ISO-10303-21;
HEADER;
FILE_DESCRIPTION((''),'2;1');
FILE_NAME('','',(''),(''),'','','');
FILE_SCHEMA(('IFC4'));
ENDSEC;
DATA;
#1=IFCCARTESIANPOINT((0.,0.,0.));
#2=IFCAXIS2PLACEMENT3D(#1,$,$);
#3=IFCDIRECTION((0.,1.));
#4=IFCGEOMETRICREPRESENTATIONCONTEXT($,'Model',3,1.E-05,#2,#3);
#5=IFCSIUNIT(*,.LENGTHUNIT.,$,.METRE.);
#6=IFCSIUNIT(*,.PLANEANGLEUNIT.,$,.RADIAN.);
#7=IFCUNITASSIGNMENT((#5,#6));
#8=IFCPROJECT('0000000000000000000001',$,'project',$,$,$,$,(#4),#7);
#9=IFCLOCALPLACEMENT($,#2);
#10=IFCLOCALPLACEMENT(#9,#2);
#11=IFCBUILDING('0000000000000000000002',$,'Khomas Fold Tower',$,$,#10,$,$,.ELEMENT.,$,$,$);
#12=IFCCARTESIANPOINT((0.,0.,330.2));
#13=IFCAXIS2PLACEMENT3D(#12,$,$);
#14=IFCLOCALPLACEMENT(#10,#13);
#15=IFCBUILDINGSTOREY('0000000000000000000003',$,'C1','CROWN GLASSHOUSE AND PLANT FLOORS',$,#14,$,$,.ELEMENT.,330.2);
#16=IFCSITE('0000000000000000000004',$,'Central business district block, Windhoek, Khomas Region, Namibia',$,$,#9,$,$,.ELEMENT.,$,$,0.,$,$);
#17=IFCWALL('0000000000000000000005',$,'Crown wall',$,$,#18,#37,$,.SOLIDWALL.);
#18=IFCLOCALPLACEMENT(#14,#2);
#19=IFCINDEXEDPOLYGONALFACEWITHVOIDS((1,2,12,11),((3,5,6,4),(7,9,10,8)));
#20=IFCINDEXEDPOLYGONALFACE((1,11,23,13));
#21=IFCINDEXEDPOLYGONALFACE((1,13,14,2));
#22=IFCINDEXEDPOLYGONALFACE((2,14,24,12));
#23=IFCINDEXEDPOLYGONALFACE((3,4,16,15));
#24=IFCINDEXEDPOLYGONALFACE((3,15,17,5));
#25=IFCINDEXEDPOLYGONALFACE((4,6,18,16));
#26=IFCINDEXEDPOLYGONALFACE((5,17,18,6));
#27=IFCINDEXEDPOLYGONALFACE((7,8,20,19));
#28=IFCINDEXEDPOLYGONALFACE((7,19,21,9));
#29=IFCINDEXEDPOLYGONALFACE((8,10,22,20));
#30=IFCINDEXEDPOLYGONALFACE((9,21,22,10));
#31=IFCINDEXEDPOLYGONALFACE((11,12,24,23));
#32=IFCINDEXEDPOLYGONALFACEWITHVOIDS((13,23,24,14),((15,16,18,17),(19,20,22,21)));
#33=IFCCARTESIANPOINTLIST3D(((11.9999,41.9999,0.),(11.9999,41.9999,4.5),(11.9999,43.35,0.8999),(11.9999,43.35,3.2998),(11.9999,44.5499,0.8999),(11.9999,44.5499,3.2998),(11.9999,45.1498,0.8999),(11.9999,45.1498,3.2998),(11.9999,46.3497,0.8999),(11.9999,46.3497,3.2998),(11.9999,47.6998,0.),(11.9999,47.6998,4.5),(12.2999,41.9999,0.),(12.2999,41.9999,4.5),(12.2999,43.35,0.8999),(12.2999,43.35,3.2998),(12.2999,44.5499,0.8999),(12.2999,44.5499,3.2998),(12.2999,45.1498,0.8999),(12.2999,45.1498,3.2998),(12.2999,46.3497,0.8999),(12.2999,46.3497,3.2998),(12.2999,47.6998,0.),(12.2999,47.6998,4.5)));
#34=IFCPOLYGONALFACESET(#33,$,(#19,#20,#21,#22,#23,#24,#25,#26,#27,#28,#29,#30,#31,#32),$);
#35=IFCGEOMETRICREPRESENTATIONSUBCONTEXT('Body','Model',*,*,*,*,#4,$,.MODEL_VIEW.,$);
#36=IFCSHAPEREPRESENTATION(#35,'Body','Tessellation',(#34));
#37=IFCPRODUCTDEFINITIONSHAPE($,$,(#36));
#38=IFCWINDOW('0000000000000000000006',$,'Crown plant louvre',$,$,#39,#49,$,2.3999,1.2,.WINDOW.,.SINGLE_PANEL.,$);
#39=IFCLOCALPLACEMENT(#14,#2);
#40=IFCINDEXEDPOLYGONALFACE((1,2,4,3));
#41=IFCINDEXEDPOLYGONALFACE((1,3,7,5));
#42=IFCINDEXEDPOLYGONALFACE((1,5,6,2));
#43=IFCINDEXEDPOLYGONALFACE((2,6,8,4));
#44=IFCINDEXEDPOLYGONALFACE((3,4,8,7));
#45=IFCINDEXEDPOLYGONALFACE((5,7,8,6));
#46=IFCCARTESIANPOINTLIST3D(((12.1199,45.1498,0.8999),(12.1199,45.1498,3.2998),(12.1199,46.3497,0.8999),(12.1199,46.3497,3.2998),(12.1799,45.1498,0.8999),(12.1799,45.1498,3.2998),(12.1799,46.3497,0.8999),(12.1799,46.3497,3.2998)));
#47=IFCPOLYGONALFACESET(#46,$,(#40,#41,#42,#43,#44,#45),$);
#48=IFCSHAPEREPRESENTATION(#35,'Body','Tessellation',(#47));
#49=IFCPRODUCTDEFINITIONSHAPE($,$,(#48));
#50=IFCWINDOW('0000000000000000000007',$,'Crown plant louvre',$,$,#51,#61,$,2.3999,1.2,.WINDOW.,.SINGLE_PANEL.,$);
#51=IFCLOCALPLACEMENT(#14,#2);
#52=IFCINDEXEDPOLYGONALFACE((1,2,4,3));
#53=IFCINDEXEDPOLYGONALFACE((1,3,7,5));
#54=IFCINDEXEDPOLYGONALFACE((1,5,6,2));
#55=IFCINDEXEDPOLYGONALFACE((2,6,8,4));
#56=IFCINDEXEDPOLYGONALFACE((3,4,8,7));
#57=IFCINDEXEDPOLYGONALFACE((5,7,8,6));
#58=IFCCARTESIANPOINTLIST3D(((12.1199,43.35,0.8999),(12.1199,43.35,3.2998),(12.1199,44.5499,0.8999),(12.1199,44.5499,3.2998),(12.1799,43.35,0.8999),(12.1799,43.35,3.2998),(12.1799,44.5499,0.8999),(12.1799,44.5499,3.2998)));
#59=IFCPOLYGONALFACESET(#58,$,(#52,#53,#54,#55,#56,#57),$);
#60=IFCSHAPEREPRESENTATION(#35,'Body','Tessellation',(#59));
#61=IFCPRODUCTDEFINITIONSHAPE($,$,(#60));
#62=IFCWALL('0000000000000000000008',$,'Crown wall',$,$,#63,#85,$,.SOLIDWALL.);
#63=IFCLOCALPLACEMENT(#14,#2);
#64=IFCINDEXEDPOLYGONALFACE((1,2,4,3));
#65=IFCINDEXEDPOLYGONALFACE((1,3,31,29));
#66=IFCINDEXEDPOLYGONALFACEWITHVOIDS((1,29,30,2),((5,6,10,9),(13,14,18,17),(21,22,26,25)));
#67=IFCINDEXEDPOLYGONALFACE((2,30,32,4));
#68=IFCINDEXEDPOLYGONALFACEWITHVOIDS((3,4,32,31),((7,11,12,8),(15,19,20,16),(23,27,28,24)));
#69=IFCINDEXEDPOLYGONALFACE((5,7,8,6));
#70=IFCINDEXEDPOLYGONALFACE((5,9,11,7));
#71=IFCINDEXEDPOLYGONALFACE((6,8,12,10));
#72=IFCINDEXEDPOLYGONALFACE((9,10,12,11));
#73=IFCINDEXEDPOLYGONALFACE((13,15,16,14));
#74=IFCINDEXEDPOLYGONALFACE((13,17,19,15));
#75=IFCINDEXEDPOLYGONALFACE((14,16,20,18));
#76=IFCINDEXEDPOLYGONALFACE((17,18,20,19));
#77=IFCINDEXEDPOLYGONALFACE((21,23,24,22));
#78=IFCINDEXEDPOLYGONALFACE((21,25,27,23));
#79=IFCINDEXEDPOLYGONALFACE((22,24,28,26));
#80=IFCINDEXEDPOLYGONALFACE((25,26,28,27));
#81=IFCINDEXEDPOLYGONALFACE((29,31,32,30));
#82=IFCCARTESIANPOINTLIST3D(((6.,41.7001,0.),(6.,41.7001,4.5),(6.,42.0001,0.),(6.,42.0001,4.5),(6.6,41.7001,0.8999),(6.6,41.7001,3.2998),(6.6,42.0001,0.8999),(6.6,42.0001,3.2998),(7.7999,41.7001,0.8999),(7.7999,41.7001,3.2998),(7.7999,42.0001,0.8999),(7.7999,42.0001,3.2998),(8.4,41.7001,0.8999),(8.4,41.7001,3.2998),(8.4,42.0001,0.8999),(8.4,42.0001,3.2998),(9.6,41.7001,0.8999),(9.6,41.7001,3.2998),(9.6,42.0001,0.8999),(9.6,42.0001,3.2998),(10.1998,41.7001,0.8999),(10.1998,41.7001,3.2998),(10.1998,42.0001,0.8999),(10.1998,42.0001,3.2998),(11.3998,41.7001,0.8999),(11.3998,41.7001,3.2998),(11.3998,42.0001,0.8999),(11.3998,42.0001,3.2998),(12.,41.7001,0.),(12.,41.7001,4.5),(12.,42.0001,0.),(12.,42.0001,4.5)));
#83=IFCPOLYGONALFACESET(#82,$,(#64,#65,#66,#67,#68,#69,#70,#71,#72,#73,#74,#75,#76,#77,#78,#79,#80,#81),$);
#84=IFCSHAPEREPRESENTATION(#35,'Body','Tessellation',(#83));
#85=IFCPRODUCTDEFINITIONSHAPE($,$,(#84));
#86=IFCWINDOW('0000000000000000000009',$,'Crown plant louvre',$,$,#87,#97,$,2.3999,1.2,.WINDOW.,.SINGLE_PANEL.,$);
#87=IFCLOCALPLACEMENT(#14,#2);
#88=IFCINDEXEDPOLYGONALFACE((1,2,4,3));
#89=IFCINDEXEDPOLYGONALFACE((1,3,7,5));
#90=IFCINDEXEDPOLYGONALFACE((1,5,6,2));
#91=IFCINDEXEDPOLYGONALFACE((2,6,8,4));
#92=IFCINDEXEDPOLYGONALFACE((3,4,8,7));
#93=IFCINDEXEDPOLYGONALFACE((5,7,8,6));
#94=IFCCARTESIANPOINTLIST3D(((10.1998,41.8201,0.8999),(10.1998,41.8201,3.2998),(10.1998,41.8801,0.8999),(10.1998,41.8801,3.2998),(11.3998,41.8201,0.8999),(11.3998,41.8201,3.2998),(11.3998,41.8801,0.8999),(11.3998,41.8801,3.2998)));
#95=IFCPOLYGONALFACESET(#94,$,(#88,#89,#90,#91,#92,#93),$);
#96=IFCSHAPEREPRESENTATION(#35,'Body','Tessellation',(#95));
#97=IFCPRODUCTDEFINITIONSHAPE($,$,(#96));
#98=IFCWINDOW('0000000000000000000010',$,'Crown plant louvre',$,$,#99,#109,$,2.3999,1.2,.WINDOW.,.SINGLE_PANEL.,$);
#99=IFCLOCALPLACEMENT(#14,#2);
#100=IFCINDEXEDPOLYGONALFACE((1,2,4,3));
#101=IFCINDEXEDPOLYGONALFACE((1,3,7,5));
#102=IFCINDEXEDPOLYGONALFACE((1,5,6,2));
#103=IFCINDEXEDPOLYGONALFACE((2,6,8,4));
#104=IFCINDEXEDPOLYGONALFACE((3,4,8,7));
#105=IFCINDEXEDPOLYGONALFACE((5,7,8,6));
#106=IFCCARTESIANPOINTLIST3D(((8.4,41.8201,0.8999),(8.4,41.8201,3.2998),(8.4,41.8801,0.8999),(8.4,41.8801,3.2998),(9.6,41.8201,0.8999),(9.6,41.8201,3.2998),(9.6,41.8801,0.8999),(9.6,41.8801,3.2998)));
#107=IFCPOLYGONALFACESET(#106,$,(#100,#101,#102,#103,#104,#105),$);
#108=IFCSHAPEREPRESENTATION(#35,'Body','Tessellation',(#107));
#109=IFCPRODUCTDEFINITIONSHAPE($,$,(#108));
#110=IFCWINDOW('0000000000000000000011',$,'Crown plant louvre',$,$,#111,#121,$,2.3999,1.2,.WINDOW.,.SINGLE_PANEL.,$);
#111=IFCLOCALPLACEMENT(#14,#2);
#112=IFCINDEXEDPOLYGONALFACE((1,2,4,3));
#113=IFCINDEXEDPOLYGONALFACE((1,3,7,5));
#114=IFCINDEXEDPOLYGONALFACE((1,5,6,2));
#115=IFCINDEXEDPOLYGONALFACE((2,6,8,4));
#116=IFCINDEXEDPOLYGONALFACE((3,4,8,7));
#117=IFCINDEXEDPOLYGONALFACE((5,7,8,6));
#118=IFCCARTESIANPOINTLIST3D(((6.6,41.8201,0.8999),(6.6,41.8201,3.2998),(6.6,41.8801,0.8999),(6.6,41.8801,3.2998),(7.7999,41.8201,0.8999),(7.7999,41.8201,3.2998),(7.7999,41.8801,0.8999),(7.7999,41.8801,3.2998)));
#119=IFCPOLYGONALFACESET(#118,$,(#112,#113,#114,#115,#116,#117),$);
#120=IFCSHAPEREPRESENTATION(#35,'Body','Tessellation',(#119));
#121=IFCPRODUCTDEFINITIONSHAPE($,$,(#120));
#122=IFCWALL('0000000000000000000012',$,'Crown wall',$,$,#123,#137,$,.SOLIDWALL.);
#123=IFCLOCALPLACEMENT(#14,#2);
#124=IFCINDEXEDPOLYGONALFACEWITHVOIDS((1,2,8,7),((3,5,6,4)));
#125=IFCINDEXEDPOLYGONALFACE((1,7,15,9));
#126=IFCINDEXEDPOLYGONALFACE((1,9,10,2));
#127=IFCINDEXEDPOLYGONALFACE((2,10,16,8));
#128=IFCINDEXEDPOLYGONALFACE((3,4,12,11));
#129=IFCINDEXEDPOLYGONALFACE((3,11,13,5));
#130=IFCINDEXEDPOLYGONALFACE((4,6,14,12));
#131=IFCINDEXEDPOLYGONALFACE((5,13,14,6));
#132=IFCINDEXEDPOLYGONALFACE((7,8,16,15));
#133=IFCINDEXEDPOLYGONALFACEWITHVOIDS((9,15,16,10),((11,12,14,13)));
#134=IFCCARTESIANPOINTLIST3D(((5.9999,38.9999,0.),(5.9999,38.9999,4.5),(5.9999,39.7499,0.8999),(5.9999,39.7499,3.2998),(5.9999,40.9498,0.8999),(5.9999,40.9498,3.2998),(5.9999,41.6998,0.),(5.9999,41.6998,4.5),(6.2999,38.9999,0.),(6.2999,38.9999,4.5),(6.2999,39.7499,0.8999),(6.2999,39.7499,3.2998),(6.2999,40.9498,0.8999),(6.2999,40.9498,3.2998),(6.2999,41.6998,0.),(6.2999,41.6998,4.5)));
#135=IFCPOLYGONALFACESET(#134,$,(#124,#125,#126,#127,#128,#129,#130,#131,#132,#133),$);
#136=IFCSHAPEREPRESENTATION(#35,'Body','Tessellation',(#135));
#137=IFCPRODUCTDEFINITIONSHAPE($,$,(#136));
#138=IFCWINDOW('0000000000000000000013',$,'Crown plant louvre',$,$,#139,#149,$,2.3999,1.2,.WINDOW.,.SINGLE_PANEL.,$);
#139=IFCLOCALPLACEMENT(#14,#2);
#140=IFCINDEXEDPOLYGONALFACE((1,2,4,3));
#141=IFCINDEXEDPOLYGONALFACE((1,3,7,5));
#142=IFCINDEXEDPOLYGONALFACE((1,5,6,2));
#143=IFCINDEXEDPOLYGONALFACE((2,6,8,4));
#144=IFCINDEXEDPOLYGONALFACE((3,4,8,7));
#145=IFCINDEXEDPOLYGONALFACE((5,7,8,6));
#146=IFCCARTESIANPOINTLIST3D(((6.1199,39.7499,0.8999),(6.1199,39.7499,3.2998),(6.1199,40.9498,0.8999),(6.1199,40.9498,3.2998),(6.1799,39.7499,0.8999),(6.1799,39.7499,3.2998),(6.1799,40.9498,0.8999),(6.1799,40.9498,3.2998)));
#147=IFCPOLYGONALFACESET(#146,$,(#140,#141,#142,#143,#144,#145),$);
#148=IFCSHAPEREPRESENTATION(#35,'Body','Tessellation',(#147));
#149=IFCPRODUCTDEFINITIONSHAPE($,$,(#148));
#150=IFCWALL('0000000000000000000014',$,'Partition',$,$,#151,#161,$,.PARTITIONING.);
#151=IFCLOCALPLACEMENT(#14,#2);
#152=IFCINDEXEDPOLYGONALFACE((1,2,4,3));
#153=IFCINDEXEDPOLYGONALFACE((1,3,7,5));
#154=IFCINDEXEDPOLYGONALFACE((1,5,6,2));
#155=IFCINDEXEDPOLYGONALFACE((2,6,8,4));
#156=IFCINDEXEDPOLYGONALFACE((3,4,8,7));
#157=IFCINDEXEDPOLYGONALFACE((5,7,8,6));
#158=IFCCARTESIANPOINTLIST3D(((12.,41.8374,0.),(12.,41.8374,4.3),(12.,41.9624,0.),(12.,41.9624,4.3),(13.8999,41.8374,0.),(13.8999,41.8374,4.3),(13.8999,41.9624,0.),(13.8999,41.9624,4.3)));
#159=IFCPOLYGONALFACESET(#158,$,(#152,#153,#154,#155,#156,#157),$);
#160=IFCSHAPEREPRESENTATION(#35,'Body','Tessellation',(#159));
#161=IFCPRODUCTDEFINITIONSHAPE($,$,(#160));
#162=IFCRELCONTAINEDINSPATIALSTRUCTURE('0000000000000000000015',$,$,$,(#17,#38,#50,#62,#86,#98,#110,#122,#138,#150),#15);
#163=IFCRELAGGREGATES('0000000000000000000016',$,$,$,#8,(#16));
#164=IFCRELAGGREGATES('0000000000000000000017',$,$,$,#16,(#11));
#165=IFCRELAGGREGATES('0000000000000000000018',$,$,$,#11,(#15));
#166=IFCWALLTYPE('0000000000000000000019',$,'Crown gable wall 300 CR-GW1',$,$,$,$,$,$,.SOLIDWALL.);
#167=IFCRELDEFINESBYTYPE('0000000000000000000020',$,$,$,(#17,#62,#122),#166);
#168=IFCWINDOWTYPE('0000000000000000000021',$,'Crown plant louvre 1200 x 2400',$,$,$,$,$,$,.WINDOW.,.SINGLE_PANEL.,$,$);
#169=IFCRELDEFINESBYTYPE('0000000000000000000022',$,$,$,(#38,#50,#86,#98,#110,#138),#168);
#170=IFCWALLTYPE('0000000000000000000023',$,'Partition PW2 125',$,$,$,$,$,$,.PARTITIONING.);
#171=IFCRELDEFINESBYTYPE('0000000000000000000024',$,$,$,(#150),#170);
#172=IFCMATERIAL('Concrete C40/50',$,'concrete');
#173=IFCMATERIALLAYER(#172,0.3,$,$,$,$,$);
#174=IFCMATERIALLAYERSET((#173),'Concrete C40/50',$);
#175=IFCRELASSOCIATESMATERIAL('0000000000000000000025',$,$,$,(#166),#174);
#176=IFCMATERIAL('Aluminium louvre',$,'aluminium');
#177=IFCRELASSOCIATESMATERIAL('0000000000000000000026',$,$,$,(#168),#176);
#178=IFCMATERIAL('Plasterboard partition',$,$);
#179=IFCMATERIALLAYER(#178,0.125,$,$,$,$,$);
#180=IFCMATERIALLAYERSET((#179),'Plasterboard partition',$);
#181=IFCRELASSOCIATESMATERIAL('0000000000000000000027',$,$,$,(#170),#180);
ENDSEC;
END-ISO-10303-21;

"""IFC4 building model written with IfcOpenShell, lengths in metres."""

from ifc_helpers import new_model, si_unit, direction, frame, frame_2d, origin, place, context, subcontext, project, spatial, rectangle, extrude, source, transform, mapped, material, layer, layer_set, type_object, element, fill, save


model = new_model("IFC4")

# Units and contexts
model_context = context("Model", 3, precision=1e-05, world=origin(), true_north=direction((0.0, 1.0)))
body_context = subcontext(model_context, "Body", "Model", "MODEL_VIEW")
ifc_project = project(units=[si_unit("LENGTHUNIT", "METRE"), si_unit("PLANEANGLEUNIT", "RADIAN")], contexts=[model_context])

# Site, building, storey
site_placement = place(None, origin())
site = spatial("IfcSite", under=ifc_project, at=site_placement, Name="Central business district block, Windhoek, Khomas Region, Namibia", CompositionType="ELEMENT", RefElevation=0.0)
building_placement = place(site_placement, origin())
building = spatial("IfcBuilding", under=site, at=building_placement, Name="Khomas Fold Tower", CompositionType="ELEMENT")
storey_placement = place(building_placement, frame((0.0, 0.0, 330.2)))
storey = spatial("IfcBuildingStorey", under=building, at=storey_placement, Name="C1", Description="CROWN GLASSHOUSE AND PLANT FLOORS", CompositionType="ELEMENT", Elevation=330.2)

# Walls, openings, windows
ifc_material_1 = material(Name="Concrete C40/50", Category="concrete")
ifc_layer_1 = layer(ifc_material_1, 0.3)
ifc_layer_set_1 = layer_set([ifc_layer_1], Name="Concrete C40/50")
wall_type_1 = type_object("IfcWallType", Name="Crown gable wall 300 CR-GW1", PredefinedType="SOLIDWALL", material=ifc_layer_set_1)
shared_shape_1 = source(origin(), body_context, "Body", "SweptSolid", [
    extrude(rectangle(XDim=5.7, YDim=0.3, at=frame_2d((2.8501, 0.0))), origin(), (0.0, 0.0, 1.0), 4.5),
])
wall_1_placement = place(storey_placement, frame((12.1499, 47.7, 0.0), z_axis=(0.0, 0.0, 1.0), x_axis=(0.0, -1.0, 0.0)))
wall_1 = element("IfcWall", 1, at=wall_1_placement, inside=storey, type_object=wall_type_1, Name="Crown wall", PredefinedType="SOLIDWALL", context=body_context, shape_type="MappedRepresentation", body=[
    mapped(shared_shape_1, transform((0.0, 0.0, 0.0))),
])
shared_shape_2 = source(origin(), body_context, "Body", "SweptSolid", [
    extrude(rectangle(XDim=1.2, YDim=2.3999, at=frame_2d((0.6001, 1.2))), frame((0.0, 0.1599, 0.0), z_axis=(0.0, -1.0, 0.0), x_axis=(1.0, 0.0, 0.0)), (0.0, 0.0, 1.0), 0.3201),
])
opening_1_placement = place(wall_1_placement, frame((1.3501, 0.0, 0.8999)))
opening_1 = element("IfcOpeningElement", 2, at=opening_1_placement, cuts=wall_1, PredefinedType="OPENING", context=body_context, shape_type="MappedRepresentation", body=[
    mapped(shared_shape_2, transform((0.0, 0.0, 0.0))),
])
opening_2_placement = place(wall_1_placement, frame((3.1499, 0.0, 0.8999)))
opening_2 = element("IfcOpeningElement", 3, at=opening_2_placement, cuts=wall_1, PredefinedType="OPENING", context=body_context, shape_type="MappedRepresentation", body=[
    mapped(shared_shape_2, transform((0.0, 0.0, 0.0))),
])
ifc_material_2 = material(Name="Aluminium louvre", Category="aluminium")
window_type = type_object("IfcWindowType", Name="Crown plant louvre 1200 x 2400", PartitioningType="SINGLE_PANEL", PredefinedType="WINDOW", material=ifc_material_2)
shared_shape_3 = source(origin(), body_context, "Body", "SweptSolid", [
    extrude(rectangle(XDim=1.2, YDim=2.3999, at=frame_2d((0.6001, 1.2))), frame((0.0, 0.03, 0.0), z_axis=(0.0, -1.0, 0.0), x_axis=(1.0, 0.0, 0.0)), (0.0, 0.0, 1.0), 0.0601),
])
window_1_placement = place(opening_1_placement, origin())
window_1 = element("IfcWindow", 4, at=window_1_placement, inside=storey, type_object=window_type, Name="Crown plant louvre", OverallHeight=2.3999, OverallWidth=1.2, PartitioningType="SINGLE_PANEL", PredefinedType="WINDOW", context=body_context, shape_type="MappedRepresentation", body=[
    mapped(shared_shape_3, transform((0.0, 0.0, 0.0))),
])
fill(opening_1, window_1)
window_2_placement = place(opening_2_placement, origin())
window_2 = element("IfcWindow", 5, at=window_2_placement, inside=storey, type_object=window_type, Name="Crown plant louvre", OverallHeight=2.3999, OverallWidth=1.2, PartitioningType="SINGLE_PANEL", PredefinedType="WINDOW", context=body_context, shape_type="MappedRepresentation", body=[
    mapped(shared_shape_3, transform((0.0, 0.0, 0.0))),
])
fill(opening_2, window_2)
shared_shape_4 = source(origin(), body_context, "Body", "SweptSolid", [
    extrude(rectangle(XDim=6.0, YDim=0.3, at=frame_2d((3.0, 0.0))), origin(), (0.0, 0.0, 1.0), 4.5),
])
wall_2_placement = place(storey_placement, frame((12.0, 41.8501, 0.0), z_axis=(0.0, 0.0, 1.0), x_axis=(-1.0, 0.0, 0.0)))
wall_2 = element("IfcWall", 6, at=wall_2_placement, inside=storey, type_object=wall_type_1, Name="Crown wall", PredefinedType="SOLIDWALL", context=body_context, shape_type="MappedRepresentation", body=[
    mapped(shared_shape_4, transform((0.0, 0.0, 0.0))),
])
opening_3_placement = place(wall_2_placement, frame((0.6001, 0.0, 0.8999)))
opening_3 = element("IfcOpeningElement", 7, at=opening_3_placement, cuts=wall_2, PredefinedType="OPENING", context=body_context, shape_type="MappedRepresentation", body=[
    mapped(shared_shape_2, transform((0.0, 0.0, 0.0))),
])
opening_4_placement = place(wall_2_placement, frame((2.3999, 0.0, 0.8999)))
opening_4 = element("IfcOpeningElement", 8, at=opening_4_placement, cuts=wall_2, PredefinedType="OPENING", context=body_context, shape_type="MappedRepresentation", body=[
    mapped(shared_shape_2, transform((0.0, 0.0, 0.0))),
])
opening_5_placement = place(wall_2_placement, frame((4.2, 0.0, 0.8999)))
opening_5 = element("IfcOpeningElement", 9, at=opening_5_placement, cuts=wall_2, PredefinedType="OPENING", context=body_context, shape_type="MappedRepresentation", body=[
    mapped(shared_shape_2, transform((0.0, 0.0, 0.0))),
])
window_3_placement = place(opening_3_placement, origin())
window_3 = element("IfcWindow", 10, at=window_3_placement, inside=storey, type_object=window_type, Name="Crown plant louvre", OverallHeight=2.3999, OverallWidth=1.2, PartitioningType="SINGLE_PANEL", PredefinedType="WINDOW", context=body_context, shape_type="MappedRepresentation", body=[
    mapped(shared_shape_3, transform((0.0, 0.0, 0.0))),
])
fill(opening_3, window_3)
window_4_placement = place(opening_4_placement, origin())
window_4 = element("IfcWindow", 11, at=window_4_placement, inside=storey, type_object=window_type, Name="Crown plant louvre", OverallHeight=2.3999, OverallWidth=1.2, PartitioningType="SINGLE_PANEL", PredefinedType="WINDOW", context=body_context, shape_type="MappedRepresentation", body=[
    mapped(shared_shape_3, transform((0.0, 0.0, 0.0))),
])
fill(opening_4, window_4)
window_5_placement = place(opening_5_placement, origin())
window_5 = element("IfcWindow", 12, at=window_5_placement, inside=storey, type_object=window_type, Name="Crown plant louvre", OverallHeight=2.3999, OverallWidth=1.2, PartitioningType="SINGLE_PANEL", PredefinedType="WINDOW", context=body_context, shape_type="MappedRepresentation", body=[
    mapped(shared_shape_3, transform((0.0, 0.0, 0.0))),
])
fill(opening_5, window_5)

# Wall, opening, window
shared_shape_5 = source(origin(), body_context, "Body", "SweptSolid", [
    extrude(rectangle(XDim=2.7, YDim=0.3, at=frame_2d((1.3501, 0.0))), origin(), (0.0, 0.0, 1.0), 4.5),
])
wall_3_placement = place(storey_placement, frame((6.1499, 41.7, 0.0), z_axis=(0.0, 0.0, 1.0), x_axis=(0.0, -1.0, 0.0)))
wall_3 = element("IfcWall", 13, at=wall_3_placement, inside=storey, type_object=wall_type_1, Name="Crown wall", PredefinedType="SOLIDWALL", context=body_context, shape_type="MappedRepresentation", body=[
    mapped(shared_shape_5, transform((0.0, 0.0, 0.0))),
])
opening_6_placement = place(wall_3_placement, frame((0.75, 0.0, 0.8999)))
opening_6 = element("IfcOpeningElement", 14, at=opening_6_placement, cuts=wall_3, PredefinedType="OPENING", context=body_context, shape_type="MappedRepresentation", body=[
    mapped(shared_shape_2, transform((0.0, 0.0, 0.0))),
])
window_6_placement = place(opening_6_placement, origin())
window_6 = element("IfcWindow", 15, at=window_6_placement, inside=storey, type_object=window_type, Name="Crown plant louvre", OverallHeight=2.3999, OverallWidth=1.2, PartitioningType="SINGLE_PANEL", PredefinedType="WINDOW", context=body_context, shape_type="MappedRepresentation", body=[
    mapped(shared_shape_3, transform((0.0, 0.0, 0.0))),
])
fill(opening_6, window_6)

# Wall
ifc_material_3 = material(Name="Plasterboard partition")
ifc_layer_2 = layer(ifc_material_3, 0.125)
ifc_layer_set_2 = layer_set([ifc_layer_2], Name="Plasterboard partition")
wall_type_2 = type_object("IfcWallType", Name="Partition PW2 125", PredefinedType="PARTITIONING", material=ifc_layer_set_2)
shared_shape_6 = source(origin(), body_context, "Body", "SweptSolid", [
    extrude(rectangle(XDim=1.8999, YDim=0.125, at=frame_2d((0.95, 0.0))), origin(), (0.0, 0.0, 1.0), 4.3),
])
wall_4_placement = place(storey_placement, frame((12.0, 41.8999, 0.0), z_axis=(0.0, 0.0, 1.0), x_axis=(1.0, 0.0, 0.0)))
element("IfcWall", 16, at=wall_4_placement, inside=storey, type_object=wall_type_2, Name="Partition", PredefinedType="PARTITIONING", context=body_context, shape_type="MappedRepresentation", body=[
    mapped(shared_shape_6, transform((0.0, 0.0, 0.0))),
])

save(model, "model.ifc")
